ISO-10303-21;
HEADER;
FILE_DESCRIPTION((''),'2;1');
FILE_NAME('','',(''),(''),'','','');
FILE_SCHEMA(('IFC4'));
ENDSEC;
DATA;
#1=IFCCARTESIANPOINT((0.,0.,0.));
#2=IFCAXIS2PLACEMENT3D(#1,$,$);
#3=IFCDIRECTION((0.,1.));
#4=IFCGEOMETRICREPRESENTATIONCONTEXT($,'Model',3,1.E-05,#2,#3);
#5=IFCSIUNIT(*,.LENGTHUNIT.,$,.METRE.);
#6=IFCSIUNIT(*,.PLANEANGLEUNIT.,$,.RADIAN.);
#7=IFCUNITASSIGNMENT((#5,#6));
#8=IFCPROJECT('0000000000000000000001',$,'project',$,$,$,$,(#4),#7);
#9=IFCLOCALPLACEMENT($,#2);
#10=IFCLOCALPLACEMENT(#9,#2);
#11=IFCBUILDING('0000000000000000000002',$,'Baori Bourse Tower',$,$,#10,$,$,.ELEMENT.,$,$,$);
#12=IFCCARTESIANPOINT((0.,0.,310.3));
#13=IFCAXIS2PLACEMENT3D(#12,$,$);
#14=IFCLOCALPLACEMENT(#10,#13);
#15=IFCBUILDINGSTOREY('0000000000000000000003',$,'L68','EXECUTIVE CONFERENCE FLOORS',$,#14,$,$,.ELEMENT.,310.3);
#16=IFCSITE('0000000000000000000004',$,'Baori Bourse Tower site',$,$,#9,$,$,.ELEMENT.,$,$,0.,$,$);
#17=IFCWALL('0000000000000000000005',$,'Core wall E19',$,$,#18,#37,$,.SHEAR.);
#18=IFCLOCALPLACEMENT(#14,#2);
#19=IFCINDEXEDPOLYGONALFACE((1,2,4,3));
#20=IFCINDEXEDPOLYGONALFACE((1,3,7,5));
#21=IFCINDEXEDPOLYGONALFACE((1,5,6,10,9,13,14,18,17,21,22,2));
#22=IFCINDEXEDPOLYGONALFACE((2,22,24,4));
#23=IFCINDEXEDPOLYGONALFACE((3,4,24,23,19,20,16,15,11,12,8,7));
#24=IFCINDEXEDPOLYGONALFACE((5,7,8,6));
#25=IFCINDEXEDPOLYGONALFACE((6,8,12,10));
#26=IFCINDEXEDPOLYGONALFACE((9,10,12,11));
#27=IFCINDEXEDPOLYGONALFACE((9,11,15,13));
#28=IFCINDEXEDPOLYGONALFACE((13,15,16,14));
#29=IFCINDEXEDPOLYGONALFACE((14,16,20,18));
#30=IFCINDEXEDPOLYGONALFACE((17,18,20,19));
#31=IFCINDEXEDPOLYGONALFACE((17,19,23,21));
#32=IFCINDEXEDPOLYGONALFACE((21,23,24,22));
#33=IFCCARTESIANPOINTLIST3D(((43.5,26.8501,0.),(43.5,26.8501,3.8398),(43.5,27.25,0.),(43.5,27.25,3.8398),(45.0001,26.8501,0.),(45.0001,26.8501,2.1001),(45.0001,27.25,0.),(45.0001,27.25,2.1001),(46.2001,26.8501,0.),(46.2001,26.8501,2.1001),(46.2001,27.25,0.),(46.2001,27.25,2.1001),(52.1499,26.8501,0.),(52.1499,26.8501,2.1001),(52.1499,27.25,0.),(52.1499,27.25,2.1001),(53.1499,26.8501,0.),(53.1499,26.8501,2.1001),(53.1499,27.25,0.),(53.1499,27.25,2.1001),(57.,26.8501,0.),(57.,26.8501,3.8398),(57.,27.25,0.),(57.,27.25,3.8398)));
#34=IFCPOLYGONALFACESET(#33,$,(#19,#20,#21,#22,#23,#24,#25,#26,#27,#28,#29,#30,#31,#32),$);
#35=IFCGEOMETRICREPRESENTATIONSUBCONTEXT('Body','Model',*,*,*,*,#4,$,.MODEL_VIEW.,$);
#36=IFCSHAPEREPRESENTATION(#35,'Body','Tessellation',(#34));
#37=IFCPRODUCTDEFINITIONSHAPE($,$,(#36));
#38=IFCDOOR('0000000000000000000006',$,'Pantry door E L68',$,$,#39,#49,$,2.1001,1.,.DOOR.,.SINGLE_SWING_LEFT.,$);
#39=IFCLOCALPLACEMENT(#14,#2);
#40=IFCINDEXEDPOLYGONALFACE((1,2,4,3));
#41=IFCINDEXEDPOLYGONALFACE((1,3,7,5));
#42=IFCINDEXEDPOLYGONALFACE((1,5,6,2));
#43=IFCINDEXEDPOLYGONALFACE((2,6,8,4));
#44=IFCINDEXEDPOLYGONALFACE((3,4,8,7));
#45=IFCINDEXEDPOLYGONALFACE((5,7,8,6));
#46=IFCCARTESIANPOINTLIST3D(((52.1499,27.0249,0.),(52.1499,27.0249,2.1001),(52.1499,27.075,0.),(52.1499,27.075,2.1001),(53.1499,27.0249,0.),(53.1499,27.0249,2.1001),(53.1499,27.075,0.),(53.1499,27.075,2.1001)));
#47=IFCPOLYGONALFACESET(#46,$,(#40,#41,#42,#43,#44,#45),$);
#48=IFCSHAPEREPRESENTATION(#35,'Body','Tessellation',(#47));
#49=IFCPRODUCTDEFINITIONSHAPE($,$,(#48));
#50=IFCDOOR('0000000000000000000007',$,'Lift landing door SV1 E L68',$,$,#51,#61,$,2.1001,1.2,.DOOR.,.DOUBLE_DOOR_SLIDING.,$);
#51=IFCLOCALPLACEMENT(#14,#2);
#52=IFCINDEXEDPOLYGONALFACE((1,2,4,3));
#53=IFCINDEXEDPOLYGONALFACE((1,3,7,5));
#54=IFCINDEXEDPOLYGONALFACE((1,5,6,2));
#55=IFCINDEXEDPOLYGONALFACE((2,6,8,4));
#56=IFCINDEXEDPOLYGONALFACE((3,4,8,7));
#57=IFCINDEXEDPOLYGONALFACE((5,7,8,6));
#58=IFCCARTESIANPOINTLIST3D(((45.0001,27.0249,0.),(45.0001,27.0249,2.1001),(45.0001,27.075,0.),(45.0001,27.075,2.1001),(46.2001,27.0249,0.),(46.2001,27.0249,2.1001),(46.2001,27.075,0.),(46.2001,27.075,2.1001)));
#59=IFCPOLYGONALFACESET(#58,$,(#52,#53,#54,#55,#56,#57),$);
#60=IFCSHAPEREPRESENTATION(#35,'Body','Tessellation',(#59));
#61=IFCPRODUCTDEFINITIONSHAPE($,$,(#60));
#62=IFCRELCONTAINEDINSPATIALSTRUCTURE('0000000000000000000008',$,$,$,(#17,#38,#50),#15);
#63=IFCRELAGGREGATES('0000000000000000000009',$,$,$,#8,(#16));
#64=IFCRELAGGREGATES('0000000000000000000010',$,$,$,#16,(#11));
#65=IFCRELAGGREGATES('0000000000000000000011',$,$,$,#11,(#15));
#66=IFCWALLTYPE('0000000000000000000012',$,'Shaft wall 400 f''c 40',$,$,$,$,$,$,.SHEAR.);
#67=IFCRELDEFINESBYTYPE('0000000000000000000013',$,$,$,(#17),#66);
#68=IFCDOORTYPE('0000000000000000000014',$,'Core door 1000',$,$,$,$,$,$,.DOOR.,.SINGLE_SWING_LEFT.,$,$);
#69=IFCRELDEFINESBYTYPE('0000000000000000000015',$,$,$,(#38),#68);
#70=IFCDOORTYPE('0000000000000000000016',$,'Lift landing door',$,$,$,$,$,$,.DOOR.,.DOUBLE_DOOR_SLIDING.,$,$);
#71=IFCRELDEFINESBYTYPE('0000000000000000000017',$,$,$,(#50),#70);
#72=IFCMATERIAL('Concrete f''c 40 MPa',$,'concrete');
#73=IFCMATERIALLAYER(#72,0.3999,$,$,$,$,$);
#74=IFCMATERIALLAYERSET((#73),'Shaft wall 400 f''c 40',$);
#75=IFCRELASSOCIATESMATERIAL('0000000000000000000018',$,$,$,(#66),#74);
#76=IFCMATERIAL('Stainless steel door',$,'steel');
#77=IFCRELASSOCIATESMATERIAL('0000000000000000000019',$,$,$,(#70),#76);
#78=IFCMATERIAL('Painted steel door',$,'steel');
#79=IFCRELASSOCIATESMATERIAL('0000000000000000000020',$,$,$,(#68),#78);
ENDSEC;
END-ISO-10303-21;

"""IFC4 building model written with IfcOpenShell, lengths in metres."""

from ifc_helpers import new_model, si_unit, direction, frame, frame_2d, origin, place, context, subcontext, project, spatial, rectangle, extrude, material, layer, layer_set, type_object, element, fill, save


model = new_model("IFC4")

# Units and contexts
model_context = context("Model", 3, precision=1e-05, world=origin(), true_north=direction((0.0, 1.0)))
body_context = subcontext(model_context, "Body", "Model", "MODEL_VIEW")
ifc_project = project(units=[si_unit("LENGTHUNIT", "METRE"), si_unit("PLANEANGLEUNIT", "RADIAN")], contexts=[model_context])

# Site, building, storey
site_placement = place(None, origin())
site = spatial("IfcSite", under=ifc_project, at=site_placement, Name="Baori Bourse Tower site", CompositionType="ELEMENT", RefElevation=0.0)
building_placement = place(site_placement, origin())
building = spatial("IfcBuilding", under=site, at=building_placement, Name="Baori Bourse Tower", CompositionType="ELEMENT")
storey_placement = place(building_placement, frame((0.0, 0.0, 310.3)))
storey = spatial("IfcBuildingStorey", under=building, at=storey_placement, Name="L68", Description="EXECUTIVE CONFERENCE FLOORS", CompositionType="ELEMENT", Elevation=310.3)

# Shared definitions
ifc_material_1 = material(Name="Concrete f'c 40 MPa", Category="concrete")
ifc_layer_1 = layer(ifc_material_1, 0.3999)
ifc_layer_set_1 = layer_set([ifc_layer_1], Name="Shaft wall 400 f'c 40")
wall_type_1 = type_object("IfcWallType", Name="Shaft wall 400 f'c 40", PredefinedType="SHEAR", material=ifc_layer_set_1)
ifc_material_2 = material(Name="Stainless steel door", Category="steel")
door_type_1 = type_object("IfcDoorType", Name="Lift landing door", OperationType="DOUBLE_DOOR_SLIDING", PredefinedType="DOOR", material=ifc_material_2)

# Wall, openings, doors
wall_1_placement = place(storey_placement, frame((43.5, 27.05, 0.0), z_axis=(0.0, 0.0, 1.0), x_axis=(1.0, 0.0, 0.0)))
wall_1 = element("IfcWall", 1, at=wall_1_placement, inside=storey, type_object=wall_type_1, Name="Core wall E19", PredefinedType="SHEAR", context=body_context, shape_type="SweptSolid", body=[
    extrude(rectangle(XDim=13.5, YDim=0.3999, at=frame_2d((6.75, 0.0))), origin(), (0.0, 0.0, 1.0), 3.8398),
])
opening_1_placement = place(wall_1_placement, frame((8.6499, 0.0, 0.0)))
opening_1 = element("IfcOpeningElement", 2, at=opening_1_placement, cuts=wall_1, PredefinedType="OPENING", context=body_context, shape_type="SweptSolid", body=[
    extrude(rectangle(XDim=1.0, YDim=2.1001, at=frame_2d((0.5, 1.05))), frame((0.0, 0.21, 0.0), z_axis=(0.0, -1.0, 0.0), x_axis=(1.0, 0.0, 0.0)), (0.0, 0.0, 1.0), 0.4199),
])
opening_2_placement = place(wall_1_placement, frame((1.5, 0.0, 0.0)))
opening_2 = element("IfcOpeningElement", 3, at=opening_2_placement, cuts=wall_1, PredefinedType="OPENING", context=body_context, shape_type="SweptSolid", body=[
    extrude(rectangle(XDim=1.2, YDim=2.1001, at=frame_2d((0.6001, 1.05))), frame((0.0, 0.21, 0.0), z_axis=(0.0, -1.0, 0.0), x_axis=(1.0, 0.0, 0.0)), (0.0, 0.0, 1.0), 0.4199),
])
ifc_material_3 = material(Name="Painted steel door", Category="steel")
door_type_2 = type_object("IfcDoorType", Name="Core door 1000", OperationType="SINGLE_SWING_LEFT", PredefinedType="DOOR", material=ifc_material_3)
door_1_placement = place(opening_1_placement, origin())
door_1 = element("IfcDoor", 4, at=door_1_placement, inside=storey, type_object=door_type_2, Name="Pantry door E L68", OperationType="SINGLE_SWING_LEFT", OverallHeight=2.1001, OverallWidth=1.0, PredefinedType="DOOR", context=body_context, shape_type="SweptSolid", body=[
    extrude(rectangle(XDim=1.0, YDim=2.1001, at=frame_2d((0.5, 1.05))), frame((0.0, 0.0249, 0.0), z_axis=(0.0, -1.0, 0.0), x_axis=(1.0, 0.0, 0.0)), (0.0, 0.0, 1.0), 0.05),
])
fill(opening_1, door_1)
door_2_placement = place(opening_2_placement, origin())
door_2 = element("IfcDoor", 5, at=door_2_placement, inside=storey, type_object=door_type_1, Name="Lift landing door SV1 E L68", OperationType="DOUBLE_DOOR_SLIDING", OverallHeight=2.1001, OverallWidth=1.2, PredefinedType="DOOR", context=body_context, shape_type="SweptSolid", body=[
    extrude(rectangle(XDim=1.2, YDim=2.1001, at=frame_2d((0.6001, 1.05))), frame((0.0, 0.0249, 0.0), z_axis=(0.0, -1.0, 0.0), x_axis=(1.0, 0.0, 0.0)), (0.0, 0.0, 1.0), 0.05),
])
fill(opening_2, door_2)

save(model, "model.ifc")
